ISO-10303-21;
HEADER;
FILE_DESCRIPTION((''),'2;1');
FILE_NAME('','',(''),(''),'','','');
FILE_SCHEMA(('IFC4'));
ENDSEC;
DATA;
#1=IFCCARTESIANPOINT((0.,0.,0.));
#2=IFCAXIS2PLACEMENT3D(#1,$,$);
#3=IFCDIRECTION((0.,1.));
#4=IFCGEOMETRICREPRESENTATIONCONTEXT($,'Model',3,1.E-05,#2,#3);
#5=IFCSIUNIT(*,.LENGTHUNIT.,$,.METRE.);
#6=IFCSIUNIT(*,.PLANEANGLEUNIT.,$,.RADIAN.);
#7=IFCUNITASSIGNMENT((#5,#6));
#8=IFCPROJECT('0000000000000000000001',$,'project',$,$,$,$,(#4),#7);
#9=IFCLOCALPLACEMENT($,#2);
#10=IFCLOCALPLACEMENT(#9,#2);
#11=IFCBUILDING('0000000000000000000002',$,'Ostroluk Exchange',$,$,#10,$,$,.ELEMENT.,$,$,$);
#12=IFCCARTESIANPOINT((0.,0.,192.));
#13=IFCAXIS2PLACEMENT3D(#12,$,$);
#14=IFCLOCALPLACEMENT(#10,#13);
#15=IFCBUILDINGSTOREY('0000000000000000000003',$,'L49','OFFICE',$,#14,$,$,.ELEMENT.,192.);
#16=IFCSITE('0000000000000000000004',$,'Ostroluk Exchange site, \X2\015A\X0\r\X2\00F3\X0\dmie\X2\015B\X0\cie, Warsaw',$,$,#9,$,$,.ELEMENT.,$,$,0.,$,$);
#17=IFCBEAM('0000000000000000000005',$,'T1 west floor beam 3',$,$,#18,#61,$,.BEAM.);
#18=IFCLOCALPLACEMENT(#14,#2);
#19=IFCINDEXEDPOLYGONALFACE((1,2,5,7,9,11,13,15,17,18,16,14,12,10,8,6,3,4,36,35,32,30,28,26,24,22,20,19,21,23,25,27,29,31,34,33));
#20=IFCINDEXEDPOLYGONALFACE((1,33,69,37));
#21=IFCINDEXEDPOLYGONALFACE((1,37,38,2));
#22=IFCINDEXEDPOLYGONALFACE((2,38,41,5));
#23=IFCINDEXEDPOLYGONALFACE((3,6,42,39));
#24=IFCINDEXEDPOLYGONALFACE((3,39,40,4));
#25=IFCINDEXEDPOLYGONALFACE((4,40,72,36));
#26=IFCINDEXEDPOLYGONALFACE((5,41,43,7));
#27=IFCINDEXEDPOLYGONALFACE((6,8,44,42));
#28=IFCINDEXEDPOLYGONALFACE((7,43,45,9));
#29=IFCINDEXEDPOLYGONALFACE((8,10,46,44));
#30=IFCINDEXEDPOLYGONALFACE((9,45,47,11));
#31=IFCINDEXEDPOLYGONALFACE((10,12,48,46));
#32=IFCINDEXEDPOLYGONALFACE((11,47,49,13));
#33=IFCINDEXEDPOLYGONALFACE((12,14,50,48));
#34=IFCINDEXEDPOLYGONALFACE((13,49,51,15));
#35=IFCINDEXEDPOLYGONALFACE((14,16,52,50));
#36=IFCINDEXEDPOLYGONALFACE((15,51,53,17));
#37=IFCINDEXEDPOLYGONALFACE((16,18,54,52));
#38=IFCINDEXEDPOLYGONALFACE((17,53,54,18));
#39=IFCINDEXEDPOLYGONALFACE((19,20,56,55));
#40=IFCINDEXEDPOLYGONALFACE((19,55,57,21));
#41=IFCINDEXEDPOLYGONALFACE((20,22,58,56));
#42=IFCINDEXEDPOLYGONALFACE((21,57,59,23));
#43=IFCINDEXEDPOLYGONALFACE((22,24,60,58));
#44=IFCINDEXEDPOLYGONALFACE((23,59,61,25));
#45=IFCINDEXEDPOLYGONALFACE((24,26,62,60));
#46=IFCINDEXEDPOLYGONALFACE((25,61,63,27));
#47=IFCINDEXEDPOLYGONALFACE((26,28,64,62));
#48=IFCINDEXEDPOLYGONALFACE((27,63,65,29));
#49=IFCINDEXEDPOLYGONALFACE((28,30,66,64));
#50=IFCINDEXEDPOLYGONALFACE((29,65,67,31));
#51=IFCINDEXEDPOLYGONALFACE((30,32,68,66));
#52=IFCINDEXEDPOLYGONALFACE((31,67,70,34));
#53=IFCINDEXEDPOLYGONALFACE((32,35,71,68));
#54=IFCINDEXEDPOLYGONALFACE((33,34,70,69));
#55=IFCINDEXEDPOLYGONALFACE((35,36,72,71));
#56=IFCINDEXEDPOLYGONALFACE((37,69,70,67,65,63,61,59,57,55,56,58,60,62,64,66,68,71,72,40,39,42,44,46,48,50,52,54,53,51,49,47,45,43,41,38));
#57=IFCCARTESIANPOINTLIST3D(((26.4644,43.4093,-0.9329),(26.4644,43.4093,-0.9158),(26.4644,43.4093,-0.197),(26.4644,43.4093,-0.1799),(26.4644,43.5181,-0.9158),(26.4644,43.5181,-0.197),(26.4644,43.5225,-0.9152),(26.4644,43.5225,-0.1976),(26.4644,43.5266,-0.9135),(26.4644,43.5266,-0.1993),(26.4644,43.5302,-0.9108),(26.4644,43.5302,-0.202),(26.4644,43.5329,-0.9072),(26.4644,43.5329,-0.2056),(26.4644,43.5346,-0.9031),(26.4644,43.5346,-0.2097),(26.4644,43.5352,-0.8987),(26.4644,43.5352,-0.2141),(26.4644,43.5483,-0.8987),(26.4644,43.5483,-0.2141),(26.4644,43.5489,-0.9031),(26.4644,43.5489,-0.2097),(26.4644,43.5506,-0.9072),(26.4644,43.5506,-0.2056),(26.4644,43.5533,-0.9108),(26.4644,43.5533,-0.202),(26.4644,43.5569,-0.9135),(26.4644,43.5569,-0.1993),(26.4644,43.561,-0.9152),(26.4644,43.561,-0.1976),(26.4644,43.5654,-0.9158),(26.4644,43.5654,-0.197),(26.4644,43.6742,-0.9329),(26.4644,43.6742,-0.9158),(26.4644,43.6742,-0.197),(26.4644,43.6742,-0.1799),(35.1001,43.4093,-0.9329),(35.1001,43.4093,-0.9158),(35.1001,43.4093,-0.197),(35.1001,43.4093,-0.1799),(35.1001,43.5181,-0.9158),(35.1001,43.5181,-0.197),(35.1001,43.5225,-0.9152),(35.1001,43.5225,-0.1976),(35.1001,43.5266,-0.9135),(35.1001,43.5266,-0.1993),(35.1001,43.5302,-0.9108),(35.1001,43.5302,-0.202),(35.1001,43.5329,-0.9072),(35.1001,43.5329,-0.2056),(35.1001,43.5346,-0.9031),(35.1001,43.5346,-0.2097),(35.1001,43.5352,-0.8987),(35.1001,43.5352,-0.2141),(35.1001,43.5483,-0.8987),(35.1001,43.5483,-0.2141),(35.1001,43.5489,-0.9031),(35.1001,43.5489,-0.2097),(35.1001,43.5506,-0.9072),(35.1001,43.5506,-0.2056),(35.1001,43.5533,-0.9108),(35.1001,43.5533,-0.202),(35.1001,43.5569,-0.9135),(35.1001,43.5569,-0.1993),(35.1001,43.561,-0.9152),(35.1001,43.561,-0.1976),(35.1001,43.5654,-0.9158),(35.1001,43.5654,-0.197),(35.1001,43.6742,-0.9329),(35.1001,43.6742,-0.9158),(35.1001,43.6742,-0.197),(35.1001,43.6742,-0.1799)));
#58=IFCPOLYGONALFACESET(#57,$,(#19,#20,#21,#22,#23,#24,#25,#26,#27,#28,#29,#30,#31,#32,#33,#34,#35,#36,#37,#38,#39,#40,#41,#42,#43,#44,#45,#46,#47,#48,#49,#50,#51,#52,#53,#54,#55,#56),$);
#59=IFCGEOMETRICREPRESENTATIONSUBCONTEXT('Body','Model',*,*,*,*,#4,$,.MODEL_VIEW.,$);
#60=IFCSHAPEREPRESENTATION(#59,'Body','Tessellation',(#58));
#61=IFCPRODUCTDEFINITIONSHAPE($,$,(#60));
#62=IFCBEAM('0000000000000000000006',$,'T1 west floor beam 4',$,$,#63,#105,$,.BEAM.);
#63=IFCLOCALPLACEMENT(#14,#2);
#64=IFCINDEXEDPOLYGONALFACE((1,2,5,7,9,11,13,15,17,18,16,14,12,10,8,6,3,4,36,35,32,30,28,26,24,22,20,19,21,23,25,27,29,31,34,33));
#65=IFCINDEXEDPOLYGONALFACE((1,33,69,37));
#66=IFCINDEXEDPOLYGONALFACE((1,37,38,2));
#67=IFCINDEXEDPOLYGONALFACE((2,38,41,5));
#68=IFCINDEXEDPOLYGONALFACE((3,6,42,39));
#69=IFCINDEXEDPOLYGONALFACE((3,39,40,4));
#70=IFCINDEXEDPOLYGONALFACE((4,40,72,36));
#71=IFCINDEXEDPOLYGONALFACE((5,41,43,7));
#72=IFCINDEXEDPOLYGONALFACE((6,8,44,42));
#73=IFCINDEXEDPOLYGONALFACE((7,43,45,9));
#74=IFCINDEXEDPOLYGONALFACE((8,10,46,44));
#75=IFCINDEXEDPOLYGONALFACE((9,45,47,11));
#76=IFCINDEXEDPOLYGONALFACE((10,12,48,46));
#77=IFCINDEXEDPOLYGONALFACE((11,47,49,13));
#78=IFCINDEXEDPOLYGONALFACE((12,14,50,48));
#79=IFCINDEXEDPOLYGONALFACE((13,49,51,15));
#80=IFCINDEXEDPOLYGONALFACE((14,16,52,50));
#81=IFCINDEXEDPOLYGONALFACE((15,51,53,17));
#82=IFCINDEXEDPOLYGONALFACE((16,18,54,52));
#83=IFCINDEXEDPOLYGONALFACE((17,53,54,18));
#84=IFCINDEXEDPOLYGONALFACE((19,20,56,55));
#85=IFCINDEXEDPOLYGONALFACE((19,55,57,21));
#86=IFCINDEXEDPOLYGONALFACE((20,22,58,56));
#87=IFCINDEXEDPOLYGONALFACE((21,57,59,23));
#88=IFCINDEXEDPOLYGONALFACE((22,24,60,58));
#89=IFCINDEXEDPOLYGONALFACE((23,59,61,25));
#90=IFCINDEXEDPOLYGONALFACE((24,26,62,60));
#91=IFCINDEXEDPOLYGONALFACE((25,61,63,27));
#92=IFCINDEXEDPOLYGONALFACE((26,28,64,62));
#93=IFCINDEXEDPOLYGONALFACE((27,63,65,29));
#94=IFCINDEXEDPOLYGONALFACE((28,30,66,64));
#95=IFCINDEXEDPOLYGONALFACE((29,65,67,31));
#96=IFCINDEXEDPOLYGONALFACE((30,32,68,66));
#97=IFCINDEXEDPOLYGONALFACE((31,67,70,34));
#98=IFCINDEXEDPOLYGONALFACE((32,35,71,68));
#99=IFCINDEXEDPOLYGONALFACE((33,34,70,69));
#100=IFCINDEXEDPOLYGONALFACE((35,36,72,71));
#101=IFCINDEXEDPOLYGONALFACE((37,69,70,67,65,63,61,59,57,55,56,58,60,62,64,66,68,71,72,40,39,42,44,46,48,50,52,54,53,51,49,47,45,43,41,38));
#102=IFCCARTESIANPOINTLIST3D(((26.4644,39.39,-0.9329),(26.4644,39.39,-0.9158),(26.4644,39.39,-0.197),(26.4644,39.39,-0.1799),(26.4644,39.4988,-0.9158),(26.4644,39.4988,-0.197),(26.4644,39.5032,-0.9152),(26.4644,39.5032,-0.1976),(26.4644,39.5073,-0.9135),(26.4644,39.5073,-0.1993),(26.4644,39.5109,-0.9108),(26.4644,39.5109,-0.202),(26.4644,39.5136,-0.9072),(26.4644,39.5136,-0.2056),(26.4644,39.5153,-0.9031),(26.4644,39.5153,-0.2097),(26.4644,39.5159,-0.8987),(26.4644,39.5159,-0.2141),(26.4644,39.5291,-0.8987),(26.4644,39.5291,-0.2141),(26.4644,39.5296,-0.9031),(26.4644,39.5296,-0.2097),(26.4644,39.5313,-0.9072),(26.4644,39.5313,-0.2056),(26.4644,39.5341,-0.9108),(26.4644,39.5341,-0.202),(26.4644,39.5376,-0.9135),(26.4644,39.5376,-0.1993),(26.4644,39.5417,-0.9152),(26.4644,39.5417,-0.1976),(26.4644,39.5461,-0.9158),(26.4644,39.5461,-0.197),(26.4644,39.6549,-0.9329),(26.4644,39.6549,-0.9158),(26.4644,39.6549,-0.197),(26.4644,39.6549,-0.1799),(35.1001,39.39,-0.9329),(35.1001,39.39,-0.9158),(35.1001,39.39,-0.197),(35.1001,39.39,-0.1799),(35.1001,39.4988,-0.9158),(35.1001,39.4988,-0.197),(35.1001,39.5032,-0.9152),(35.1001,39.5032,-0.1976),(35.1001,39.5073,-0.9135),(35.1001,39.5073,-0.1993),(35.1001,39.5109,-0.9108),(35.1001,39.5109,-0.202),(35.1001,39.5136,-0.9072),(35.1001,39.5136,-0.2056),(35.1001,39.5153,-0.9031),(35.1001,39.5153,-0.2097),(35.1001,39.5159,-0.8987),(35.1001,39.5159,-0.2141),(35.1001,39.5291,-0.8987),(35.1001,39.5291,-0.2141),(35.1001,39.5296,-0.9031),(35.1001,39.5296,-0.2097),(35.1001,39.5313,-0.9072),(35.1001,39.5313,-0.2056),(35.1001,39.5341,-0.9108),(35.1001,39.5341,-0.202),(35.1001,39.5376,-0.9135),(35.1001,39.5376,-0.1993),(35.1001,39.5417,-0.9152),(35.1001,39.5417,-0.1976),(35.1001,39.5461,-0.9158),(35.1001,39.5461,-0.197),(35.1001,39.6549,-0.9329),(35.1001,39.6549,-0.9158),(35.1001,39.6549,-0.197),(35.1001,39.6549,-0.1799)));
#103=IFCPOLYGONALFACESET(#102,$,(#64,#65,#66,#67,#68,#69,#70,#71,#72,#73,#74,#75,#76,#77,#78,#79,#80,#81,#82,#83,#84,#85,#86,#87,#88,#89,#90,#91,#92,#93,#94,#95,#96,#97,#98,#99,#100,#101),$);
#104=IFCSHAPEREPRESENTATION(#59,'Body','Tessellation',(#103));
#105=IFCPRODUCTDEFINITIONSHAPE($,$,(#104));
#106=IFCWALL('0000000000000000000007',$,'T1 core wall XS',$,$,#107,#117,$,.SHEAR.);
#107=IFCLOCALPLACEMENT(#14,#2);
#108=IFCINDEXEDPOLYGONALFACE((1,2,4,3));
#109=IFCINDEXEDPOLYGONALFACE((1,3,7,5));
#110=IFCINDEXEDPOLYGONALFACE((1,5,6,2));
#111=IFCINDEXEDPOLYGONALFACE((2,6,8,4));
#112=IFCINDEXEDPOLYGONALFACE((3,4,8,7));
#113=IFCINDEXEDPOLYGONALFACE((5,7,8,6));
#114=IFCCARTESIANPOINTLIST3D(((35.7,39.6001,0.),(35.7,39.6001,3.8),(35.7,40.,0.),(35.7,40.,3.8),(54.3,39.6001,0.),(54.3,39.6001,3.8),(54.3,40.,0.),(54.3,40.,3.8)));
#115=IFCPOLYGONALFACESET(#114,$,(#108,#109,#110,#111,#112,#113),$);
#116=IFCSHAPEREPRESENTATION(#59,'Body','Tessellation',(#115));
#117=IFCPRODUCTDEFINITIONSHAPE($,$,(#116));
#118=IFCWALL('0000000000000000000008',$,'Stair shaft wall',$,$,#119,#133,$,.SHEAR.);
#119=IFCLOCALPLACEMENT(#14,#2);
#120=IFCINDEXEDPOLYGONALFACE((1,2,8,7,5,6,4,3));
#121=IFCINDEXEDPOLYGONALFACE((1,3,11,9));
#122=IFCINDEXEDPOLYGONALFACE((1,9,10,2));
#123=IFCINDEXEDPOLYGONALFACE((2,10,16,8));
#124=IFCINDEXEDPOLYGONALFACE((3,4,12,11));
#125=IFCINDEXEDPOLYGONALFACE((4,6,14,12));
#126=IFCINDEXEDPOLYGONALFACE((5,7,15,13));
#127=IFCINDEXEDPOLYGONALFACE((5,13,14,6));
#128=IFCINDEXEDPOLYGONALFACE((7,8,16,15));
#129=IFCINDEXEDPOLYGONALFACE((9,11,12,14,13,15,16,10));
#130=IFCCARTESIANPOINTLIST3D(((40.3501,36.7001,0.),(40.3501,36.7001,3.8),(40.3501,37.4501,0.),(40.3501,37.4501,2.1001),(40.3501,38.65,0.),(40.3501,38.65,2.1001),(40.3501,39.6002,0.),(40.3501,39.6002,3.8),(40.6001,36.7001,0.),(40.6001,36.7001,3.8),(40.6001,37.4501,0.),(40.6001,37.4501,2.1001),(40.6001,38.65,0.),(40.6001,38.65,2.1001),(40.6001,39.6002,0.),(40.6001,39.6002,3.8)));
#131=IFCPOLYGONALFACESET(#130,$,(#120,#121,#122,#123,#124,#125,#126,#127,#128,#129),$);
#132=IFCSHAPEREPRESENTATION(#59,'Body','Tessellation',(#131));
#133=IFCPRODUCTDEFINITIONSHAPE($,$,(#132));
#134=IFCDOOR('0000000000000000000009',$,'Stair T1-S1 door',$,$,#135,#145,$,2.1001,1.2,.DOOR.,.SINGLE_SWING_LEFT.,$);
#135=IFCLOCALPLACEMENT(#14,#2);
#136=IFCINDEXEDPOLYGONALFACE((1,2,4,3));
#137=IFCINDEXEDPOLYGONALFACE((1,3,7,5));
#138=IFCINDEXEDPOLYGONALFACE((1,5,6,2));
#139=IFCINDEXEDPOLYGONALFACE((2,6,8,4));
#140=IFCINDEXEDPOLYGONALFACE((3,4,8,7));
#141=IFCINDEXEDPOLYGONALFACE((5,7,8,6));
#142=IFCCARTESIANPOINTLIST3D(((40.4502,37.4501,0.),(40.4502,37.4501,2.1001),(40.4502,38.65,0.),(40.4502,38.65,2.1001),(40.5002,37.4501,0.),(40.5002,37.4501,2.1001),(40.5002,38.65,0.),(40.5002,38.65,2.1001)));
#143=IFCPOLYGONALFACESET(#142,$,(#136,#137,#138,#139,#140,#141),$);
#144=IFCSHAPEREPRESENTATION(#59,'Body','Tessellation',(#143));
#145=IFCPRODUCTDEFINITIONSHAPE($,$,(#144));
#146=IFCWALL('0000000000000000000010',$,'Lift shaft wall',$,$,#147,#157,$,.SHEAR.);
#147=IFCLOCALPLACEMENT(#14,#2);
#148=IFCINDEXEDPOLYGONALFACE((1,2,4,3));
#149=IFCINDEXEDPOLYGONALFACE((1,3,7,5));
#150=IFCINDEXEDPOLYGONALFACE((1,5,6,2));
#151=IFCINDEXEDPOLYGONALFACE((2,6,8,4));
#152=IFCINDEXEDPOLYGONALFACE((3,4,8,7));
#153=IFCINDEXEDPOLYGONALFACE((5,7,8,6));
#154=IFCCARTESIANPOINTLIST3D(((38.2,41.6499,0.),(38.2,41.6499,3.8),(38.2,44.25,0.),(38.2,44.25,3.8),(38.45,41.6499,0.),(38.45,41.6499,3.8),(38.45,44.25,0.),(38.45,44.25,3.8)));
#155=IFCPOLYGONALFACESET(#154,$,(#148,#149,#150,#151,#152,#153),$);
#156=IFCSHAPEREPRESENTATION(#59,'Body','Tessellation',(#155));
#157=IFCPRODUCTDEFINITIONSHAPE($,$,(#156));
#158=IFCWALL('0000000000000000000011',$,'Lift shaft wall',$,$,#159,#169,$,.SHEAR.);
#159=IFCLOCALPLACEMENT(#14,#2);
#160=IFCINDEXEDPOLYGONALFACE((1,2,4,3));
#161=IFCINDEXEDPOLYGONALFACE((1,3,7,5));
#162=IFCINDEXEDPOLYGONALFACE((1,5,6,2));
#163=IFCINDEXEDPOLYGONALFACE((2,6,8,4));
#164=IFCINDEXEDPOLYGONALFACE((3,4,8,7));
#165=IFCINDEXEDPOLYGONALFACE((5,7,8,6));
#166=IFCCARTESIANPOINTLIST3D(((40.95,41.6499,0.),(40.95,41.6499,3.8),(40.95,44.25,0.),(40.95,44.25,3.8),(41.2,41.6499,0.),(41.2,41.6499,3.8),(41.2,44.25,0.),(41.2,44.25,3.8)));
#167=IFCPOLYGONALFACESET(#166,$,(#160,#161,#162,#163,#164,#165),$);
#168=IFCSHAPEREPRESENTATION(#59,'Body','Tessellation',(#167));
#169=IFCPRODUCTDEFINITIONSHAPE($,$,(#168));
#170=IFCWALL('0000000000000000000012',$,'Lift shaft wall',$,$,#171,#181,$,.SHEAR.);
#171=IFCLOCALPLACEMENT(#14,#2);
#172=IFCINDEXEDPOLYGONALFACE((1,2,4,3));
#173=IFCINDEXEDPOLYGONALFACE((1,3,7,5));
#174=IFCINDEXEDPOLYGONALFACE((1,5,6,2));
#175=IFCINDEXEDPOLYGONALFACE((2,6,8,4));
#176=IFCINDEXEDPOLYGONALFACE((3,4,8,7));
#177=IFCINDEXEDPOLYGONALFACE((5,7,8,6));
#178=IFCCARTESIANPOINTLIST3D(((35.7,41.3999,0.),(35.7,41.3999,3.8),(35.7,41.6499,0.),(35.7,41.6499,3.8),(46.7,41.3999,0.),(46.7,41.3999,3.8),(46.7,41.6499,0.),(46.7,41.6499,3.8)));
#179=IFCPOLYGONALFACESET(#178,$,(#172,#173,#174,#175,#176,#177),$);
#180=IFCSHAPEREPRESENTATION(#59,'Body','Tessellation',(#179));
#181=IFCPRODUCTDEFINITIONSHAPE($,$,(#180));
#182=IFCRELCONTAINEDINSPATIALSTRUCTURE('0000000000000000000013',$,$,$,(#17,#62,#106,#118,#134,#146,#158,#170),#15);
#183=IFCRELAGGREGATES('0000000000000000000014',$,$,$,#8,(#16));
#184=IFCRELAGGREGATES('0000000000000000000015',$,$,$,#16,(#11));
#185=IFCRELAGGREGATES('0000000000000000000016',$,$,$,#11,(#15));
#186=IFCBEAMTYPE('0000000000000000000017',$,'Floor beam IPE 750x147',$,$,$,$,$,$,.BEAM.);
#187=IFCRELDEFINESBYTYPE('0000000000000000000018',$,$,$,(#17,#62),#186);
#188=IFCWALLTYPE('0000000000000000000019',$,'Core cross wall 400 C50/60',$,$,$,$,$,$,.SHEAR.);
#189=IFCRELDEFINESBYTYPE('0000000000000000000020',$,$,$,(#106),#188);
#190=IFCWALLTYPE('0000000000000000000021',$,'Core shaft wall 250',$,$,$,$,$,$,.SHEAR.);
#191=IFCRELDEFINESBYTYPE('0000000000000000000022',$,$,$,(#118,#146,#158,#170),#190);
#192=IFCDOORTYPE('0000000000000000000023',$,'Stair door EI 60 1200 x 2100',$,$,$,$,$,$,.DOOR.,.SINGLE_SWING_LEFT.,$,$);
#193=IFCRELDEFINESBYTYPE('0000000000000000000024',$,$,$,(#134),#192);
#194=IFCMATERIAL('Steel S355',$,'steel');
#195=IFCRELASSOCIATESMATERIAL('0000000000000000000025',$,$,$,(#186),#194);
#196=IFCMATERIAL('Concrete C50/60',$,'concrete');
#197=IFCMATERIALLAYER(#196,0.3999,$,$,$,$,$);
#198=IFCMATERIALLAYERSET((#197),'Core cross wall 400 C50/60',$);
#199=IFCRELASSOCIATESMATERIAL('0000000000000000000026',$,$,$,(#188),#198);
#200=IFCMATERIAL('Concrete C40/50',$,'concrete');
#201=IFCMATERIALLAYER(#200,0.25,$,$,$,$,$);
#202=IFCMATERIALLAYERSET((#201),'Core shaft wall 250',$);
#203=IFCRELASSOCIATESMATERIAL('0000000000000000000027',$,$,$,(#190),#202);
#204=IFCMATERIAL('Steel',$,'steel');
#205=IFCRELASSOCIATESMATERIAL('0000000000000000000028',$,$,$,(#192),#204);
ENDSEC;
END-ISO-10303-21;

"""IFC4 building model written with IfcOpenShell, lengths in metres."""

from ifc_helpers import new_model, si_unit, direction, frame, frame_2d, origin, origin_2d, place, context, subcontext, project, spatial, rectangle, i_section, extrude, material, layer, layer_set, material_profile, profile_set, type_object, element, fill, save


model = new_model("IFC4")

# Units and contexts
model_context = context("Model", 3, precision=1e-05, world=origin(), true_north=direction((0.0, 1.0)))
body_context = subcontext(model_context, "Body", "Model", "MODEL_VIEW")
ifc_project = project(units=[si_unit("LENGTHUNIT", "METRE"), si_unit("PLANEANGLEUNIT", "RADIAN")], contexts=[model_context])

# Site, building, storey
site_placement = place(None, origin())
site = spatial("IfcSite", under=ifc_project, at=site_placement, Name="Ostroluk Exchange site, Śródmieście, Warsaw", CompositionType="ELEMENT", RefElevation=0.0)
building_placement = place(site_placement, origin())
building = spatial("IfcBuilding", under=site, at=building_placement, Name="Ostroluk Exchange", CompositionType="ELEMENT")
storey_placement = place(building_placement, frame((0.0, 0.0, 192.0)))
storey = spatial("IfcBuildingStorey", under=building, at=storey_placement, Name="L49", Description="OFFICE", CompositionType="ELEMENT", Elevation=192.0)

# Beams
ifc_material_1 = material(Name="Steel S355", Category="steel")
ifc_material_profile = material_profile(ifc_material_1, i_section(OverallWidth=0.2649, OverallDepth=0.7529, WebThickness=0.0132, FlangeThickness=0.0171, FilletRadius=0.0171, at=origin_2d()), Name="IPE 750x147")
ifc_profile_set = profile_set([ifc_material_profile], Name="Steel S355")
beam_type = type_object("IfcBeamType", Name="Floor beam IPE 750x147", PredefinedType="BEAM", material=ifc_profile_set)
for number, where, z_axis, x_axis, name in (
    (1, (35.1001, 43.5417, -0.5564), (-1.0, 0.0, 0.0), (0.0, -1.0, 0.0), "T1 west floor beam 3"),
    (2, (35.1001, 39.5225, -0.5564), (-1.0, 0.0, 0.0), (0.0, -1.0, 0.0), "T1 west floor beam 4"),
):
    element("IfcBeam", number, at=place(storey_placement, frame(where, z_axis=z_axis, x_axis=x_axis)), inside=storey, type_object=beam_type, Name=name, PredefinedType="BEAM", context=body_context, shape_type="SweptSolid", body=[
        extrude(i_section(OverallWidth=0.2649, OverallDepth=0.7529, WebThickness=0.0132, FlangeThickness=0.0171, FilletRadius=0.0171, at=origin_2d()), origin(), (0.0, 0.0, 1.0), 8.6357),
    ])

# Wall
ifc_material_2 = material(Name="Concrete C50/60", Category="concrete")
ifc_layer_1 = layer(ifc_material_2, 0.3999)
ifc_layer_set_1 = layer_set([ifc_layer_1], Name="Core cross wall 400 C50/60")
wall_type_1 = type_object("IfcWallType", Name="Core cross wall 400 C50/60", PredefinedType="SHEAR", material=ifc_layer_set_1)
wall_1_placement = place(storey_placement, frame((35.7, 39.8, 0.0), z_axis=(0.0, 0.0, 1.0), x_axis=(1.0, 0.0, 0.0)))
element("IfcWall", 3, at=wall_1_placement, inside=storey, type_object=wall_type_1, Name="T1 core wall XS", PredefinedType="SHEAR", context=body_context, shape_type="SweptSolid", body=[
    extrude(rectangle(XDim=18.6001, YDim=0.3999, at=frame_2d((9.3, 0.0))), origin(), (0.0, 0.0, 1.0), 3.8),
])

# Wall, opening, door
ifc_material_3 = material(Name="Concrete C40/50", Category="concrete")
ifc_layer_2 = layer(ifc_material_3, 0.25)
ifc_layer_set_2 = layer_set([ifc_layer_2], Name="Core shaft wall 250")
wall_type_2 = type_object("IfcWallType", Name="Core shaft wall 250", PredefinedType="SHEAR", material=ifc_layer_set_2)
wall_2_placement = place(storey_placement, frame((40.4751, 36.7, 0.0), z_axis=(0.0, 0.0, 1.0), x_axis=(0.0, 1.0, 0.0)))
wall_2 = element("IfcWall", 4, at=wall_2_placement, inside=storey, type_object=wall_type_2, Name="Stair shaft wall", PredefinedType="SHEAR", context=body_context, shape_type="SweptSolid", body=[
    extrude(rectangle(XDim=2.9001, YDim=0.25, at=frame_2d((1.4502, 0.0))), origin(), (0.0, 0.0, 1.0), 3.8),
])
opening_1_placement = place(wall_2_placement, frame((0.75, 0.0, 0.0)))
opening_1 = element("IfcOpeningElement", 5, at=opening_1_placement, cuts=wall_2, PredefinedType="OPENING", context=body_context, shape_type="SweptSolid", body=[
    extrude(rectangle(XDim=1.2, YDim=2.1001, at=frame_2d((0.6001, 1.05))), frame((0.0, 0.135, 0.0), z_axis=(0.0, -1.0, 0.0), x_axis=(1.0, 0.0, 0.0)), (0.0, 0.0, 1.0), 0.27),
])
ifc_material_4 = material(Name="Steel", Category="steel")
door_type_1 = type_object("IfcDoorType", Name="Stair door EI 60 1200 x 2100", OperationType="SINGLE_SWING_LEFT", PredefinedType="DOOR", material=ifc_material_4)
door_1_placement = place(opening_1_placement, origin())
door_1 = element("IfcDoor", 6, at=door_1_placement, inside=storey, type_object=door_type_1, Name="Stair T1-S1 door", OperationType="SINGLE_SWING_LEFT", OverallHeight=2.1001, OverallWidth=1.2, PredefinedType="DOOR", context=body_context, shape_type="SweptSolid", body=[
    extrude(rectangle(XDim=1.2, YDim=2.1001, at=frame_2d((0.6001, 1.05))), frame((0.0, 0.0249, 0.0), z_axis=(0.0, -1.0, 0.0), x_axis=(1.0, 0.0, 0.0)), (0.0, 0.0, 1.0), 0.05),
])
fill(opening_1, door_1)

# Walls
for number, where, z_axis, x_axis, name in (
    (7, (38.325, 44.25, 0.0), (0.0, 0.0, 1.0), (0.0, -1.0, 0.0), "Lift shaft wall"),
    (8, (41.075, 44.25, 0.0), (0.0, 0.0, 1.0), (0.0, -1.0, 0.0), "Lift shaft wall"),
):
    element("IfcWall", number, at=place(storey_placement, frame(where, z_axis=z_axis, x_axis=x_axis)), inside=storey, type_object=wall_type_2, Name=name, PredefinedType="SHEAR", context=body_context, shape_type="SweptSolid", body=[
        extrude(rectangle(XDim=2.6001, YDim=0.25, at=frame_2d((1.3, 0.0))), origin(), (0.0, 0.0, 1.0), 3.8),
    ])
wall_3_placement = place(storey_placement, frame((35.7, 41.5249, 0.0), z_axis=(0.0, 0.0, 1.0), x_axis=(1.0, 0.0, 0.0)))
element("IfcWall", 9, at=wall_3_placement, inside=storey, type_object=wall_type_2, Name="Lift shaft wall", PredefinedType="SHEAR", context=body_context, shape_type="SweptSolid", body=[
    extrude(rectangle(XDim=11.0, YDim=0.25, at=frame_2d((5.5, 0.0))), origin(), (0.0, 0.0, 1.0), 3.8),
])

save(model, "model.ifc")
